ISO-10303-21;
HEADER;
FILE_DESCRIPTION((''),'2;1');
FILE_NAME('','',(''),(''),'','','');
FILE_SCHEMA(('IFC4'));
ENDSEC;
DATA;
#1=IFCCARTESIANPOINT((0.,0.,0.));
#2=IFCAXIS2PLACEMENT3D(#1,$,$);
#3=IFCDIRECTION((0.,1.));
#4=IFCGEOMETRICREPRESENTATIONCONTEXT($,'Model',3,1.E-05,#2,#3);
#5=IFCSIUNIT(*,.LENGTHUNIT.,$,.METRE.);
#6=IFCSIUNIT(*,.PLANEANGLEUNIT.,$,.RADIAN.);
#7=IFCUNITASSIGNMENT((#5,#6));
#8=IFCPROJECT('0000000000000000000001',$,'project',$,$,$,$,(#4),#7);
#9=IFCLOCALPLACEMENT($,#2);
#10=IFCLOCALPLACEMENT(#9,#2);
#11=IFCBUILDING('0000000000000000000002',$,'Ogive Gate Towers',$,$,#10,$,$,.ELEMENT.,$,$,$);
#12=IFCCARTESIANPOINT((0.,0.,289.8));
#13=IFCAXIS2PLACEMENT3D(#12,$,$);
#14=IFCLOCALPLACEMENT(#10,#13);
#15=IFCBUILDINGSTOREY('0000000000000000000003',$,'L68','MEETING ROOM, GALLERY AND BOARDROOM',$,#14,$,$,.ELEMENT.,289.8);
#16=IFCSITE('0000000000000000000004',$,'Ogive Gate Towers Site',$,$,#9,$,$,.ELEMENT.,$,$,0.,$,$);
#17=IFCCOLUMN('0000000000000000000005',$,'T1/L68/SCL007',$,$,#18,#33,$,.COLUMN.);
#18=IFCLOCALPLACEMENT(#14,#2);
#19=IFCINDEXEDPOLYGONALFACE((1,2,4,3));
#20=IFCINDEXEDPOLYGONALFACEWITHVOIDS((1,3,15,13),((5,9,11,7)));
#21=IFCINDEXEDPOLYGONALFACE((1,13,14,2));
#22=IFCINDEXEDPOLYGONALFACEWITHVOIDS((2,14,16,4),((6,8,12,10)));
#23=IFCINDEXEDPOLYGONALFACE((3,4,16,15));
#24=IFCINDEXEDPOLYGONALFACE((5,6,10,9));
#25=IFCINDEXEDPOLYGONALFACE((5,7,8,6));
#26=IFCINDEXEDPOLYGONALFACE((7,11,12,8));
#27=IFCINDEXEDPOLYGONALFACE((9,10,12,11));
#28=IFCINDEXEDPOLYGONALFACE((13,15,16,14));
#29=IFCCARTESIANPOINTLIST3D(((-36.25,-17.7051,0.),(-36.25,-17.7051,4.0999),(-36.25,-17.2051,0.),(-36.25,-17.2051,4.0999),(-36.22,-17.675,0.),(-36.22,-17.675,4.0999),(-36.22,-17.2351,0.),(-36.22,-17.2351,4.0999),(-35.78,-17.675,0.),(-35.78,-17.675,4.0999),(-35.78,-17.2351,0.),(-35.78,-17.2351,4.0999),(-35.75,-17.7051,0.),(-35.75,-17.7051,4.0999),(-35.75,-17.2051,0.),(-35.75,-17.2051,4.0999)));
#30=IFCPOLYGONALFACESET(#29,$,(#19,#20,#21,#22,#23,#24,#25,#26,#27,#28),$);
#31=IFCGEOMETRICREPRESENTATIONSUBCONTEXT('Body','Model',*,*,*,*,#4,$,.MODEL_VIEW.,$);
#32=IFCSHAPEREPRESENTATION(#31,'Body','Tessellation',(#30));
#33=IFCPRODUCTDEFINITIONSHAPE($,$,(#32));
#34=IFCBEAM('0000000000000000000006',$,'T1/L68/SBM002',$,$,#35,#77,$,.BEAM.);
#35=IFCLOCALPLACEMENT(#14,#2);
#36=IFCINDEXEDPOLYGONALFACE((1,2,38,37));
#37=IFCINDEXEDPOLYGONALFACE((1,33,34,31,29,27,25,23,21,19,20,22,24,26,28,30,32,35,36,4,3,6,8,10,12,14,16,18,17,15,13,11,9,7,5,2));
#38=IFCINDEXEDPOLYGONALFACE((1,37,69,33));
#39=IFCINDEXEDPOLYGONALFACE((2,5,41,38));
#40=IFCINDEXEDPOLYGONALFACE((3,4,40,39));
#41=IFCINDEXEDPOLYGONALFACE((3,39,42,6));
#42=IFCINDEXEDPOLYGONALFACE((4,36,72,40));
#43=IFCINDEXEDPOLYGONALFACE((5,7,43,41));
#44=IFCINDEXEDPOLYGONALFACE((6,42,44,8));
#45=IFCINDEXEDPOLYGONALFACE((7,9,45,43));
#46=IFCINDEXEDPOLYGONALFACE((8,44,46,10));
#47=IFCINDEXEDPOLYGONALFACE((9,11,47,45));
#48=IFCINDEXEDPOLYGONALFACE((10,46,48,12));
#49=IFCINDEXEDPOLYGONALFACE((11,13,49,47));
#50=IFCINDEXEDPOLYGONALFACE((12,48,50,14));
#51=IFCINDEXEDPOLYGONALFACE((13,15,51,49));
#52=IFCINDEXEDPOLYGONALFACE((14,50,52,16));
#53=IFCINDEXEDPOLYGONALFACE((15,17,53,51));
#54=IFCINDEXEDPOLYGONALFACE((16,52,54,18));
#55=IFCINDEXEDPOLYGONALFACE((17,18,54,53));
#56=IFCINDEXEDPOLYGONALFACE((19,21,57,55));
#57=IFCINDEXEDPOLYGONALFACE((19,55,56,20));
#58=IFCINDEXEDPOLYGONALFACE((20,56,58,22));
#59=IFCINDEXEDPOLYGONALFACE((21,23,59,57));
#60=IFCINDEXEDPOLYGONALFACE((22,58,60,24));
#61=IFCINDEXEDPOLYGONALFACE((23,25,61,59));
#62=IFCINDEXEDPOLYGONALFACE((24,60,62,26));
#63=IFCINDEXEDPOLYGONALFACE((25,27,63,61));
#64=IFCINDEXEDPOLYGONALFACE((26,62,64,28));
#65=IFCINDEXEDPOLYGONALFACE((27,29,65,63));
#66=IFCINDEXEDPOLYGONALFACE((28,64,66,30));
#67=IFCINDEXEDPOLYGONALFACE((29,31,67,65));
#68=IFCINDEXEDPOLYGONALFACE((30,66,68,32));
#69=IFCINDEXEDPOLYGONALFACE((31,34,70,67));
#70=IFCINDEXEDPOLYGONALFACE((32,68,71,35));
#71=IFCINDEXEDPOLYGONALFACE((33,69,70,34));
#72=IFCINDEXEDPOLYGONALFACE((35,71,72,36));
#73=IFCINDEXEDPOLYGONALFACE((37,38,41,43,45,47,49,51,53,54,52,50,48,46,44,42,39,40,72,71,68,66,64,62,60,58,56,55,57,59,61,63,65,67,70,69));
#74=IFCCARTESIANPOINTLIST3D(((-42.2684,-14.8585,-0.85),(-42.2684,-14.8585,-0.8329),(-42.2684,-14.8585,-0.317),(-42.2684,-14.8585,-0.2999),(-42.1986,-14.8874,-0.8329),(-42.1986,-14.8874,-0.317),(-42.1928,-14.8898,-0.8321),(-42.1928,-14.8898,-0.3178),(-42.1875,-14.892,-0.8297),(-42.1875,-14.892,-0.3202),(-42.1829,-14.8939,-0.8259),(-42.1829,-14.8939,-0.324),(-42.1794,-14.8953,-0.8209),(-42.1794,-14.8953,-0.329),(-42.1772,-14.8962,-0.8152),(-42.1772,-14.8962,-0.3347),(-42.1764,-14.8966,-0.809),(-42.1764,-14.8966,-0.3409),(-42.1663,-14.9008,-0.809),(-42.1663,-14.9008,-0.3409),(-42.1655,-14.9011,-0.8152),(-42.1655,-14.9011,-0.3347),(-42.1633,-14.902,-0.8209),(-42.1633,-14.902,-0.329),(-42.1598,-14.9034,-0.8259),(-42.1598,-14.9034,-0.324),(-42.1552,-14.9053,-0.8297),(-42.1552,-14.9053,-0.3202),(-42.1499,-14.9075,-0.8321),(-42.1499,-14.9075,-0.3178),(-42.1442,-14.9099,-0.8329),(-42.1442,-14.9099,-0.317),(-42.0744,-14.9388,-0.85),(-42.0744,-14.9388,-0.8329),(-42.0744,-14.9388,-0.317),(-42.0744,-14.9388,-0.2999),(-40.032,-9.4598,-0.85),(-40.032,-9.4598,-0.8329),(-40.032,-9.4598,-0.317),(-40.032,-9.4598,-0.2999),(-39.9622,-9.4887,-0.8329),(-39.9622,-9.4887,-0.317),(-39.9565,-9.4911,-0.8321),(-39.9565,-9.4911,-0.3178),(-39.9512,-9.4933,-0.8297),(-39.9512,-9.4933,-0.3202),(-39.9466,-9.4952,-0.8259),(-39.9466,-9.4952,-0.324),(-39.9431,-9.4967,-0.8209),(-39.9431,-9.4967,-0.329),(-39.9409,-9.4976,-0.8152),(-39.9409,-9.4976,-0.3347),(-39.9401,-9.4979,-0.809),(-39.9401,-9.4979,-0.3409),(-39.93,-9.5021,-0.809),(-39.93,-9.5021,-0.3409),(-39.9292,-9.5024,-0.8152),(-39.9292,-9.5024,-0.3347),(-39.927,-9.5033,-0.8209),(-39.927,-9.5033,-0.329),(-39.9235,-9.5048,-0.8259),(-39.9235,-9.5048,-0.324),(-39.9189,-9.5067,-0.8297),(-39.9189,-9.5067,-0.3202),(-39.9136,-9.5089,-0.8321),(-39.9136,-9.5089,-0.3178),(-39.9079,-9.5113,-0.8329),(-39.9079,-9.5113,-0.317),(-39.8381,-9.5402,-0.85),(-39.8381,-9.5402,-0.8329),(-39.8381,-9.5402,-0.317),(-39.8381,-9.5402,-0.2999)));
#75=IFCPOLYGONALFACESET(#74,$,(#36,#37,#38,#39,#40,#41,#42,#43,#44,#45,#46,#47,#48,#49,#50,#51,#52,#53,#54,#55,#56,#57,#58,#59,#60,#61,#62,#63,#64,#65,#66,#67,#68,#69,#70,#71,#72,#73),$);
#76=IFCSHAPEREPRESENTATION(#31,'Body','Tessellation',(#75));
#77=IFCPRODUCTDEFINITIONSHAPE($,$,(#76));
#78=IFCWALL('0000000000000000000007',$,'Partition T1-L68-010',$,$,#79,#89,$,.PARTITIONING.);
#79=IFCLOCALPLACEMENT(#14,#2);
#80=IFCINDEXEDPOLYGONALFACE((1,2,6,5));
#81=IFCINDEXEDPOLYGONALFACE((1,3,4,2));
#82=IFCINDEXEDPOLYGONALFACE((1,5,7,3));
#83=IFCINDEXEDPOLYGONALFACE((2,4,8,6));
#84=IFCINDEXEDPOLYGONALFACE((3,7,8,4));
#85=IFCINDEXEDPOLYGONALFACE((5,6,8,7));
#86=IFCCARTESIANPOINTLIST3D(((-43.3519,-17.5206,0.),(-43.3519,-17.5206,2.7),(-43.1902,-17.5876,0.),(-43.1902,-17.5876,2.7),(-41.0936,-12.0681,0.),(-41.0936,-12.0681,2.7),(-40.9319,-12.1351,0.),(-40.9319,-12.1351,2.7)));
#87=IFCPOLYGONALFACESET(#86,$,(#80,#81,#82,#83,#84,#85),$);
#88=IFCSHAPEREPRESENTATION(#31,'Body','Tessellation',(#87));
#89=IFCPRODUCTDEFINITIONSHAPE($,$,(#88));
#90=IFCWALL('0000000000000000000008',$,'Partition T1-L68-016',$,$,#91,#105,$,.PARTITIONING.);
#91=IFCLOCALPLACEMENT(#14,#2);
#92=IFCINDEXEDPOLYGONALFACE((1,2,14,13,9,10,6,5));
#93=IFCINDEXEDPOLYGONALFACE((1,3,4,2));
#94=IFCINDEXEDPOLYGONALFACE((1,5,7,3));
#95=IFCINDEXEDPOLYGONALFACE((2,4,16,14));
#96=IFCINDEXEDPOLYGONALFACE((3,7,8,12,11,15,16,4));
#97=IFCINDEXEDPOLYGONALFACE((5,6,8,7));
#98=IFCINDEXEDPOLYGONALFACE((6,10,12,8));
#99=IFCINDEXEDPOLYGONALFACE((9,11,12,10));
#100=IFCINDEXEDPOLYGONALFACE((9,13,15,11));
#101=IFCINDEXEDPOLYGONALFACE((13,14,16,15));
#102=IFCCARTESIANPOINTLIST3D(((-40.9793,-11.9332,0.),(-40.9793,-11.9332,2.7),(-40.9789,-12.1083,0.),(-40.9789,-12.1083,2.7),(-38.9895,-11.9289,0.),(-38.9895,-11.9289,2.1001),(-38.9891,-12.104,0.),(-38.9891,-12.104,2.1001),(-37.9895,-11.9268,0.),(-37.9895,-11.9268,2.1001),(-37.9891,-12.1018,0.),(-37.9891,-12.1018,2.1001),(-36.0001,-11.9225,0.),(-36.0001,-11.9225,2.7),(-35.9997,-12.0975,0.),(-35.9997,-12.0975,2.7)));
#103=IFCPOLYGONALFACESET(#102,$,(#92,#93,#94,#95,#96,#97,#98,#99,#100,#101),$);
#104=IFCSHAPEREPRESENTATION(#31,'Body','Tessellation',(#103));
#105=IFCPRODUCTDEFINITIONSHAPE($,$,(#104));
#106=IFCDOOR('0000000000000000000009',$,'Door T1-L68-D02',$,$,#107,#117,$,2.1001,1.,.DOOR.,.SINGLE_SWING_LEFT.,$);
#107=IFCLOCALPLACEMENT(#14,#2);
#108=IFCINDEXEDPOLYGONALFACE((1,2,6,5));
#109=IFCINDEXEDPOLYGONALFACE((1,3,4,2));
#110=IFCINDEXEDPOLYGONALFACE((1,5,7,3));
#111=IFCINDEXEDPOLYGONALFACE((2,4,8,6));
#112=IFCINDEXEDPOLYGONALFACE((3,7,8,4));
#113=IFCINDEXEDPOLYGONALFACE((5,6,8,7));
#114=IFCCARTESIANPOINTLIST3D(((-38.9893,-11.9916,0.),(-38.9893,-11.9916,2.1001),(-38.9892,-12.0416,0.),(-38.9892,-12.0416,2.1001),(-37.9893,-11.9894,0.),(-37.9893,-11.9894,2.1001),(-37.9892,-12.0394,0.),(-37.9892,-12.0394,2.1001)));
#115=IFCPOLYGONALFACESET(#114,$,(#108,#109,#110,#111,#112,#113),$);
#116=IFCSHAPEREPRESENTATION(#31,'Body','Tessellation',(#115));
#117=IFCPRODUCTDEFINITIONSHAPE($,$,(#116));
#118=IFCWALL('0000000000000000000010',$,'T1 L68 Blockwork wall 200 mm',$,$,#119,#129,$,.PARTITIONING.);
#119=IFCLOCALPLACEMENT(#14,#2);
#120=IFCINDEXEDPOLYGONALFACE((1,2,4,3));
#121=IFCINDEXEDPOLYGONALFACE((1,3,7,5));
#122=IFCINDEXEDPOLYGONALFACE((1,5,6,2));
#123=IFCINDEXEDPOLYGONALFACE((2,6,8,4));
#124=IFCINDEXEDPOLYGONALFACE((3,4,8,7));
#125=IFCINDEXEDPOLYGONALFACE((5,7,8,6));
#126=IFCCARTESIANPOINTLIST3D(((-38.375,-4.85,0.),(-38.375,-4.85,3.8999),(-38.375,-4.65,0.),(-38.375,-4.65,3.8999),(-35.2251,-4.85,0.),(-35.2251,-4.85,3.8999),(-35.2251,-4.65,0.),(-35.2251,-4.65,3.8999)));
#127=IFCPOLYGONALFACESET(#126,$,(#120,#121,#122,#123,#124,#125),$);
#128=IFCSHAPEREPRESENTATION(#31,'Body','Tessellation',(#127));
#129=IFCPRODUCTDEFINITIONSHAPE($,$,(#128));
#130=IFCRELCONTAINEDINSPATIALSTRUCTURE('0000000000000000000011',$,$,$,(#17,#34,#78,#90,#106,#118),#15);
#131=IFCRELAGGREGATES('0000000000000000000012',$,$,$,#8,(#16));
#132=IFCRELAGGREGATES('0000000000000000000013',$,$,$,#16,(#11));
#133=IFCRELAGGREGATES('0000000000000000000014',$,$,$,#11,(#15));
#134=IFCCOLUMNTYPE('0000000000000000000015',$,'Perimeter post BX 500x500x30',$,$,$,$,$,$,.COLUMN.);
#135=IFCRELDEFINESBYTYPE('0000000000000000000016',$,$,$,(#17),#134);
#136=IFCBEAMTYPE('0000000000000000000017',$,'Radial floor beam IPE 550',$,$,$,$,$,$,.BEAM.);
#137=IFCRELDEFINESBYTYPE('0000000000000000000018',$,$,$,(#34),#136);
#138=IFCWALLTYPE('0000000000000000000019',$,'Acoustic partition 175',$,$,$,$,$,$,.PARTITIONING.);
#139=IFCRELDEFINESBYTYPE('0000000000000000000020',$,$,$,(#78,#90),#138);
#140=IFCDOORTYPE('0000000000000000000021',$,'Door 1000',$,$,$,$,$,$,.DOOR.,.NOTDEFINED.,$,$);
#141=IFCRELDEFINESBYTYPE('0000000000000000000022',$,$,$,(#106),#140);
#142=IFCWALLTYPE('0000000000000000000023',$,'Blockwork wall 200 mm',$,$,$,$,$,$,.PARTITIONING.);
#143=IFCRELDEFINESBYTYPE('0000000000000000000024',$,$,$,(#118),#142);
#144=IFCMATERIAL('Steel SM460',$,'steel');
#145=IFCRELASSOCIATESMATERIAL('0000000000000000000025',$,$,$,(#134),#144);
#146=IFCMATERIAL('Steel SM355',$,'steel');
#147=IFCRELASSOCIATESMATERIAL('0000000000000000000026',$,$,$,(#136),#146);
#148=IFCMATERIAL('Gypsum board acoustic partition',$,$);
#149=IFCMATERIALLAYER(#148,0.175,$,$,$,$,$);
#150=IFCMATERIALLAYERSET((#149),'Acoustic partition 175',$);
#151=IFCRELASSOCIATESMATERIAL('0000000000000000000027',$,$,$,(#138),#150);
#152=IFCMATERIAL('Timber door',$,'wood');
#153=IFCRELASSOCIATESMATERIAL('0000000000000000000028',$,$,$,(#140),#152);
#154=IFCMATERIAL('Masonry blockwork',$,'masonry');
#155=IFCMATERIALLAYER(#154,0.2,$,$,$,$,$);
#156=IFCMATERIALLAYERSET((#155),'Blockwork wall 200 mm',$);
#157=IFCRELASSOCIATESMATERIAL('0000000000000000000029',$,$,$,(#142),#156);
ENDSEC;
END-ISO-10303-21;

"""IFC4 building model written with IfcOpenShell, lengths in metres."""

from ifc_helpers import new_model, si_unit, direction, frame, frame_2d, origin, origin_2d, place, context, subcontext, project, spatial, rectangle, hollow_rectangle, i_section, extrude, material, layer, layer_set, material_profile, profile_set, type_object, element, fill, save


model = new_model("IFC4")

# Units and contexts
model_context = context("Model", 3, precision=1e-05, world=origin(), true_north=direction((0.0, 1.0)))
body_context = subcontext(model_context, "Body", "Model", "MODEL_VIEW")
ifc_project = project(units=[si_unit("LENGTHUNIT", "METRE"), si_unit("PLANEANGLEUNIT", "RADIAN")], contexts=[model_context])

# Site, building, storey
site_placement = place(None, origin())
site = spatial("IfcSite", under=ifc_project, at=site_placement, Name="Ogive Gate Towers Site", CompositionType="ELEMENT", RefElevation=0.0)
building_placement = place(site_placement, origin())
building = spatial("IfcBuilding", under=site, at=building_placement, Name="Ogive Gate Towers", CompositionType="ELEMENT")
storey_placement = place(building_placement, frame((0.0, 0.0, 289.8)))
storey = spatial("IfcBuildingStorey", under=building, at=storey_placement, Name="L68", Description="MEETING ROOM, GALLERY AND BOARDROOM", CompositionType="ELEMENT", Elevation=289.8)

# Column
ifc_material_1 = material(Name="Steel SM460", Category="steel")
ifc_material_profile_1 = material_profile(ifc_material_1, hollow_rectangle(XDim=0.5, YDim=0.5, WallThickness=0.03, at=origin_2d()), Name="BX 500x500x30")
ifc_profile_set_1 = profile_set([ifc_material_profile_1], Name="Steel SM460")
column_type = type_object("IfcColumnType", Name="Perimeter post BX 500x500x30", PredefinedType="COLUMN", material=ifc_profile_set_1)
column_placement = place(storey_placement, frame((-36.0, -17.4551, 0.0), z_axis=(0.0, 0.0, 1.0), x_axis=(1.0, 0.0, 0.0)))
element("IfcColumn", 1, at=column_placement, inside=storey, type_object=column_type, Name="T1/L68/SCL007", PredefinedType="COLUMN", context=body_context, shape_type="SweptSolid", body=[
    extrude(hollow_rectangle(XDim=0.5, YDim=0.5, WallThickness=0.03, at=origin_2d()), origin(), (0.0, 0.0, 1.0), 4.0999),
])

# Beam
ifc_material_2 = material(Name="Steel SM355", Category="steel")
ifc_material_profile_2 = material_profile(ifc_material_2, i_section(OverallWidth=0.21, OverallDepth=0.55, WebThickness=0.011, FlangeThickness=0.0171, FilletRadius=0.0239, at=origin_2d()), Name="IPE 550")
ifc_profile_set_2 = profile_set([ifc_material_profile_2], Name="Steel SM355")
beam_type = type_object("IfcBeamType", Name="Radial floor beam IPE 550", PredefinedType="BEAM", material=ifc_profile_set_2)
beam_placement = place(storey_placement, frame((-39.9351, -9.5, -0.575), z_axis=(-0.382701, -0.923872, 0.0), x_axis=(0.923872, -0.382701, 0.0)))
element("IfcBeam", 2, at=beam_placement, inside=storey, type_object=beam_type, Name="T1/L68/SBM002", PredefinedType="BEAM", context=body_context, shape_type="SweptSolid", body=[
    extrude(i_section(OverallWidth=0.21, OverallDepth=0.55, WebThickness=0.011, FlangeThickness=0.0171, FilletRadius=0.0239, at=origin_2d()), origin(), (0.0, 0.0, 1.0), 5.8435),
])

# Wall
ifc_material_3 = material(Name="Gypsum board acoustic partition")
ifc_layer_1 = layer(ifc_material_3, 0.175)
ifc_layer_set_1 = layer_set([ifc_layer_1], Name="Acoustic partition 175")
wall_type_1 = type_object("IfcWallType", Name="Acoustic partition 175", PredefinedType="PARTITIONING", material=ifc_layer_set_1)
wall_1_placement = place(storey_placement, frame((-43.271, -17.554, 0.0), z_axis=(0.0, 0.0, 1.0), x_axis=(0.382661, 0.923889, 0.0)))
element("IfcWall", 3, at=wall_1_placement, inside=storey, type_object=wall_type_1, Name="Partition T1-L68-010", PredefinedType="PARTITIONING", context=body_context, shape_type="SweptSolid", body=[
    extrude(rectangle(XDim=5.9016, YDim=0.175, at=frame_2d((2.9507, 0.0))), origin(), (0.0, 0.0, 1.0), 2.7),
])

# Wall, opening, door
wall_2_placement = place(storey_placement, frame((-40.9792, -12.0208, 0.0), z_axis=(0.0, 0.0, 1.0), x_axis=(0.999998, 0.002157, 0.0)))
wall_2 = element("IfcWall", 4, at=wall_2_placement, inside=storey, type_object=wall_type_1, Name="Partition T1-L68-016", PredefinedType="PARTITIONING", context=body_context, shape_type="SweptSolid", body=[
    extrude(rectangle(XDim=4.9792, YDim=0.175, at=frame_2d((2.4897, 0.0))), origin(), (0.0, 0.0, 1.0), 2.7),
])
opening_1_placement = place(wall_2_placement, frame((1.99, 0.0, 0.0)))
opening_1 = element("IfcOpeningElement", 5, at=opening_1_placement, cuts=wall_2, PredefinedType="OPENING", context=body_context, shape_type="SweptSolid", body=[
    extrude(rectangle(XDim=1.0, YDim=2.1001, at=frame_2d((0.5, 1.05))), frame((0.0, 0.0977, 0.0), z_axis=(0.0, -1.0, 0.0), x_axis=(1.0, 0.0, 0.0)), (0.0, 0.0, 1.0), 0.1951),
])
ifc_material_4 = material(Name="Timber door", Category="wood")
door_type_1 = type_object("IfcDoorType", Name="Door 1000", OperationType="NOTDEFINED", PredefinedType="DOOR", material=ifc_material_4)
door_1_placement = place(opening_1_placement, origin())
door_1 = element("IfcDoor", 6, at=door_1_placement, inside=storey, type_object=door_type_1, Name="Door T1-L68-D02", OperationType="SINGLE_SWING_LEFT", OverallHeight=2.1001, OverallWidth=1.0, PredefinedType="DOOR", context=body_context, shape_type="SweptSolid", body=[
    extrude(rectangle(XDim=1.0, YDim=2.1001, at=frame_2d((0.5, 1.05))), frame((0.0, 0.0249, 0.0), z_axis=(0.0, -1.0, 0.0), x_axis=(1.0, 0.0, 0.0)), (0.0, 0.0, 1.0), 0.05),
])
fill(opening_1, door_1)

# Wall
ifc_material_5 = material(Name="Masonry blockwork", Category="masonry")
ifc_layer_2 = layer(ifc_material_5, 0.2)
ifc_layer_set_2 = layer_set([ifc_layer_2], Name="Blockwork wall 200 mm")
wall_type_2 = type_object("IfcWallType", Name="Blockwork wall 200 mm", PredefinedType="PARTITIONING", material=ifc_layer_set_2)
wall_3_placement = place(storey_placement, frame((-38.375, -4.75, 0.0), z_axis=(0.0, 0.0, 1.0), x_axis=(1.0, 0.0, 0.0)))
element("IfcWall", 7, at=wall_3_placement, inside=storey, type_object=wall_type_2, Name="T1 L68 Blockwork wall 200 mm", PredefinedType="PARTITIONING", context=body_context, shape_type="SweptSolid", body=[
    extrude(rectangle(XDim=3.1499, YDim=0.2, at=frame_2d((1.575, 0.0))), origin(), (0.0, 0.0, 1.0), 3.8999),
])

save(model, "model.ifc")
